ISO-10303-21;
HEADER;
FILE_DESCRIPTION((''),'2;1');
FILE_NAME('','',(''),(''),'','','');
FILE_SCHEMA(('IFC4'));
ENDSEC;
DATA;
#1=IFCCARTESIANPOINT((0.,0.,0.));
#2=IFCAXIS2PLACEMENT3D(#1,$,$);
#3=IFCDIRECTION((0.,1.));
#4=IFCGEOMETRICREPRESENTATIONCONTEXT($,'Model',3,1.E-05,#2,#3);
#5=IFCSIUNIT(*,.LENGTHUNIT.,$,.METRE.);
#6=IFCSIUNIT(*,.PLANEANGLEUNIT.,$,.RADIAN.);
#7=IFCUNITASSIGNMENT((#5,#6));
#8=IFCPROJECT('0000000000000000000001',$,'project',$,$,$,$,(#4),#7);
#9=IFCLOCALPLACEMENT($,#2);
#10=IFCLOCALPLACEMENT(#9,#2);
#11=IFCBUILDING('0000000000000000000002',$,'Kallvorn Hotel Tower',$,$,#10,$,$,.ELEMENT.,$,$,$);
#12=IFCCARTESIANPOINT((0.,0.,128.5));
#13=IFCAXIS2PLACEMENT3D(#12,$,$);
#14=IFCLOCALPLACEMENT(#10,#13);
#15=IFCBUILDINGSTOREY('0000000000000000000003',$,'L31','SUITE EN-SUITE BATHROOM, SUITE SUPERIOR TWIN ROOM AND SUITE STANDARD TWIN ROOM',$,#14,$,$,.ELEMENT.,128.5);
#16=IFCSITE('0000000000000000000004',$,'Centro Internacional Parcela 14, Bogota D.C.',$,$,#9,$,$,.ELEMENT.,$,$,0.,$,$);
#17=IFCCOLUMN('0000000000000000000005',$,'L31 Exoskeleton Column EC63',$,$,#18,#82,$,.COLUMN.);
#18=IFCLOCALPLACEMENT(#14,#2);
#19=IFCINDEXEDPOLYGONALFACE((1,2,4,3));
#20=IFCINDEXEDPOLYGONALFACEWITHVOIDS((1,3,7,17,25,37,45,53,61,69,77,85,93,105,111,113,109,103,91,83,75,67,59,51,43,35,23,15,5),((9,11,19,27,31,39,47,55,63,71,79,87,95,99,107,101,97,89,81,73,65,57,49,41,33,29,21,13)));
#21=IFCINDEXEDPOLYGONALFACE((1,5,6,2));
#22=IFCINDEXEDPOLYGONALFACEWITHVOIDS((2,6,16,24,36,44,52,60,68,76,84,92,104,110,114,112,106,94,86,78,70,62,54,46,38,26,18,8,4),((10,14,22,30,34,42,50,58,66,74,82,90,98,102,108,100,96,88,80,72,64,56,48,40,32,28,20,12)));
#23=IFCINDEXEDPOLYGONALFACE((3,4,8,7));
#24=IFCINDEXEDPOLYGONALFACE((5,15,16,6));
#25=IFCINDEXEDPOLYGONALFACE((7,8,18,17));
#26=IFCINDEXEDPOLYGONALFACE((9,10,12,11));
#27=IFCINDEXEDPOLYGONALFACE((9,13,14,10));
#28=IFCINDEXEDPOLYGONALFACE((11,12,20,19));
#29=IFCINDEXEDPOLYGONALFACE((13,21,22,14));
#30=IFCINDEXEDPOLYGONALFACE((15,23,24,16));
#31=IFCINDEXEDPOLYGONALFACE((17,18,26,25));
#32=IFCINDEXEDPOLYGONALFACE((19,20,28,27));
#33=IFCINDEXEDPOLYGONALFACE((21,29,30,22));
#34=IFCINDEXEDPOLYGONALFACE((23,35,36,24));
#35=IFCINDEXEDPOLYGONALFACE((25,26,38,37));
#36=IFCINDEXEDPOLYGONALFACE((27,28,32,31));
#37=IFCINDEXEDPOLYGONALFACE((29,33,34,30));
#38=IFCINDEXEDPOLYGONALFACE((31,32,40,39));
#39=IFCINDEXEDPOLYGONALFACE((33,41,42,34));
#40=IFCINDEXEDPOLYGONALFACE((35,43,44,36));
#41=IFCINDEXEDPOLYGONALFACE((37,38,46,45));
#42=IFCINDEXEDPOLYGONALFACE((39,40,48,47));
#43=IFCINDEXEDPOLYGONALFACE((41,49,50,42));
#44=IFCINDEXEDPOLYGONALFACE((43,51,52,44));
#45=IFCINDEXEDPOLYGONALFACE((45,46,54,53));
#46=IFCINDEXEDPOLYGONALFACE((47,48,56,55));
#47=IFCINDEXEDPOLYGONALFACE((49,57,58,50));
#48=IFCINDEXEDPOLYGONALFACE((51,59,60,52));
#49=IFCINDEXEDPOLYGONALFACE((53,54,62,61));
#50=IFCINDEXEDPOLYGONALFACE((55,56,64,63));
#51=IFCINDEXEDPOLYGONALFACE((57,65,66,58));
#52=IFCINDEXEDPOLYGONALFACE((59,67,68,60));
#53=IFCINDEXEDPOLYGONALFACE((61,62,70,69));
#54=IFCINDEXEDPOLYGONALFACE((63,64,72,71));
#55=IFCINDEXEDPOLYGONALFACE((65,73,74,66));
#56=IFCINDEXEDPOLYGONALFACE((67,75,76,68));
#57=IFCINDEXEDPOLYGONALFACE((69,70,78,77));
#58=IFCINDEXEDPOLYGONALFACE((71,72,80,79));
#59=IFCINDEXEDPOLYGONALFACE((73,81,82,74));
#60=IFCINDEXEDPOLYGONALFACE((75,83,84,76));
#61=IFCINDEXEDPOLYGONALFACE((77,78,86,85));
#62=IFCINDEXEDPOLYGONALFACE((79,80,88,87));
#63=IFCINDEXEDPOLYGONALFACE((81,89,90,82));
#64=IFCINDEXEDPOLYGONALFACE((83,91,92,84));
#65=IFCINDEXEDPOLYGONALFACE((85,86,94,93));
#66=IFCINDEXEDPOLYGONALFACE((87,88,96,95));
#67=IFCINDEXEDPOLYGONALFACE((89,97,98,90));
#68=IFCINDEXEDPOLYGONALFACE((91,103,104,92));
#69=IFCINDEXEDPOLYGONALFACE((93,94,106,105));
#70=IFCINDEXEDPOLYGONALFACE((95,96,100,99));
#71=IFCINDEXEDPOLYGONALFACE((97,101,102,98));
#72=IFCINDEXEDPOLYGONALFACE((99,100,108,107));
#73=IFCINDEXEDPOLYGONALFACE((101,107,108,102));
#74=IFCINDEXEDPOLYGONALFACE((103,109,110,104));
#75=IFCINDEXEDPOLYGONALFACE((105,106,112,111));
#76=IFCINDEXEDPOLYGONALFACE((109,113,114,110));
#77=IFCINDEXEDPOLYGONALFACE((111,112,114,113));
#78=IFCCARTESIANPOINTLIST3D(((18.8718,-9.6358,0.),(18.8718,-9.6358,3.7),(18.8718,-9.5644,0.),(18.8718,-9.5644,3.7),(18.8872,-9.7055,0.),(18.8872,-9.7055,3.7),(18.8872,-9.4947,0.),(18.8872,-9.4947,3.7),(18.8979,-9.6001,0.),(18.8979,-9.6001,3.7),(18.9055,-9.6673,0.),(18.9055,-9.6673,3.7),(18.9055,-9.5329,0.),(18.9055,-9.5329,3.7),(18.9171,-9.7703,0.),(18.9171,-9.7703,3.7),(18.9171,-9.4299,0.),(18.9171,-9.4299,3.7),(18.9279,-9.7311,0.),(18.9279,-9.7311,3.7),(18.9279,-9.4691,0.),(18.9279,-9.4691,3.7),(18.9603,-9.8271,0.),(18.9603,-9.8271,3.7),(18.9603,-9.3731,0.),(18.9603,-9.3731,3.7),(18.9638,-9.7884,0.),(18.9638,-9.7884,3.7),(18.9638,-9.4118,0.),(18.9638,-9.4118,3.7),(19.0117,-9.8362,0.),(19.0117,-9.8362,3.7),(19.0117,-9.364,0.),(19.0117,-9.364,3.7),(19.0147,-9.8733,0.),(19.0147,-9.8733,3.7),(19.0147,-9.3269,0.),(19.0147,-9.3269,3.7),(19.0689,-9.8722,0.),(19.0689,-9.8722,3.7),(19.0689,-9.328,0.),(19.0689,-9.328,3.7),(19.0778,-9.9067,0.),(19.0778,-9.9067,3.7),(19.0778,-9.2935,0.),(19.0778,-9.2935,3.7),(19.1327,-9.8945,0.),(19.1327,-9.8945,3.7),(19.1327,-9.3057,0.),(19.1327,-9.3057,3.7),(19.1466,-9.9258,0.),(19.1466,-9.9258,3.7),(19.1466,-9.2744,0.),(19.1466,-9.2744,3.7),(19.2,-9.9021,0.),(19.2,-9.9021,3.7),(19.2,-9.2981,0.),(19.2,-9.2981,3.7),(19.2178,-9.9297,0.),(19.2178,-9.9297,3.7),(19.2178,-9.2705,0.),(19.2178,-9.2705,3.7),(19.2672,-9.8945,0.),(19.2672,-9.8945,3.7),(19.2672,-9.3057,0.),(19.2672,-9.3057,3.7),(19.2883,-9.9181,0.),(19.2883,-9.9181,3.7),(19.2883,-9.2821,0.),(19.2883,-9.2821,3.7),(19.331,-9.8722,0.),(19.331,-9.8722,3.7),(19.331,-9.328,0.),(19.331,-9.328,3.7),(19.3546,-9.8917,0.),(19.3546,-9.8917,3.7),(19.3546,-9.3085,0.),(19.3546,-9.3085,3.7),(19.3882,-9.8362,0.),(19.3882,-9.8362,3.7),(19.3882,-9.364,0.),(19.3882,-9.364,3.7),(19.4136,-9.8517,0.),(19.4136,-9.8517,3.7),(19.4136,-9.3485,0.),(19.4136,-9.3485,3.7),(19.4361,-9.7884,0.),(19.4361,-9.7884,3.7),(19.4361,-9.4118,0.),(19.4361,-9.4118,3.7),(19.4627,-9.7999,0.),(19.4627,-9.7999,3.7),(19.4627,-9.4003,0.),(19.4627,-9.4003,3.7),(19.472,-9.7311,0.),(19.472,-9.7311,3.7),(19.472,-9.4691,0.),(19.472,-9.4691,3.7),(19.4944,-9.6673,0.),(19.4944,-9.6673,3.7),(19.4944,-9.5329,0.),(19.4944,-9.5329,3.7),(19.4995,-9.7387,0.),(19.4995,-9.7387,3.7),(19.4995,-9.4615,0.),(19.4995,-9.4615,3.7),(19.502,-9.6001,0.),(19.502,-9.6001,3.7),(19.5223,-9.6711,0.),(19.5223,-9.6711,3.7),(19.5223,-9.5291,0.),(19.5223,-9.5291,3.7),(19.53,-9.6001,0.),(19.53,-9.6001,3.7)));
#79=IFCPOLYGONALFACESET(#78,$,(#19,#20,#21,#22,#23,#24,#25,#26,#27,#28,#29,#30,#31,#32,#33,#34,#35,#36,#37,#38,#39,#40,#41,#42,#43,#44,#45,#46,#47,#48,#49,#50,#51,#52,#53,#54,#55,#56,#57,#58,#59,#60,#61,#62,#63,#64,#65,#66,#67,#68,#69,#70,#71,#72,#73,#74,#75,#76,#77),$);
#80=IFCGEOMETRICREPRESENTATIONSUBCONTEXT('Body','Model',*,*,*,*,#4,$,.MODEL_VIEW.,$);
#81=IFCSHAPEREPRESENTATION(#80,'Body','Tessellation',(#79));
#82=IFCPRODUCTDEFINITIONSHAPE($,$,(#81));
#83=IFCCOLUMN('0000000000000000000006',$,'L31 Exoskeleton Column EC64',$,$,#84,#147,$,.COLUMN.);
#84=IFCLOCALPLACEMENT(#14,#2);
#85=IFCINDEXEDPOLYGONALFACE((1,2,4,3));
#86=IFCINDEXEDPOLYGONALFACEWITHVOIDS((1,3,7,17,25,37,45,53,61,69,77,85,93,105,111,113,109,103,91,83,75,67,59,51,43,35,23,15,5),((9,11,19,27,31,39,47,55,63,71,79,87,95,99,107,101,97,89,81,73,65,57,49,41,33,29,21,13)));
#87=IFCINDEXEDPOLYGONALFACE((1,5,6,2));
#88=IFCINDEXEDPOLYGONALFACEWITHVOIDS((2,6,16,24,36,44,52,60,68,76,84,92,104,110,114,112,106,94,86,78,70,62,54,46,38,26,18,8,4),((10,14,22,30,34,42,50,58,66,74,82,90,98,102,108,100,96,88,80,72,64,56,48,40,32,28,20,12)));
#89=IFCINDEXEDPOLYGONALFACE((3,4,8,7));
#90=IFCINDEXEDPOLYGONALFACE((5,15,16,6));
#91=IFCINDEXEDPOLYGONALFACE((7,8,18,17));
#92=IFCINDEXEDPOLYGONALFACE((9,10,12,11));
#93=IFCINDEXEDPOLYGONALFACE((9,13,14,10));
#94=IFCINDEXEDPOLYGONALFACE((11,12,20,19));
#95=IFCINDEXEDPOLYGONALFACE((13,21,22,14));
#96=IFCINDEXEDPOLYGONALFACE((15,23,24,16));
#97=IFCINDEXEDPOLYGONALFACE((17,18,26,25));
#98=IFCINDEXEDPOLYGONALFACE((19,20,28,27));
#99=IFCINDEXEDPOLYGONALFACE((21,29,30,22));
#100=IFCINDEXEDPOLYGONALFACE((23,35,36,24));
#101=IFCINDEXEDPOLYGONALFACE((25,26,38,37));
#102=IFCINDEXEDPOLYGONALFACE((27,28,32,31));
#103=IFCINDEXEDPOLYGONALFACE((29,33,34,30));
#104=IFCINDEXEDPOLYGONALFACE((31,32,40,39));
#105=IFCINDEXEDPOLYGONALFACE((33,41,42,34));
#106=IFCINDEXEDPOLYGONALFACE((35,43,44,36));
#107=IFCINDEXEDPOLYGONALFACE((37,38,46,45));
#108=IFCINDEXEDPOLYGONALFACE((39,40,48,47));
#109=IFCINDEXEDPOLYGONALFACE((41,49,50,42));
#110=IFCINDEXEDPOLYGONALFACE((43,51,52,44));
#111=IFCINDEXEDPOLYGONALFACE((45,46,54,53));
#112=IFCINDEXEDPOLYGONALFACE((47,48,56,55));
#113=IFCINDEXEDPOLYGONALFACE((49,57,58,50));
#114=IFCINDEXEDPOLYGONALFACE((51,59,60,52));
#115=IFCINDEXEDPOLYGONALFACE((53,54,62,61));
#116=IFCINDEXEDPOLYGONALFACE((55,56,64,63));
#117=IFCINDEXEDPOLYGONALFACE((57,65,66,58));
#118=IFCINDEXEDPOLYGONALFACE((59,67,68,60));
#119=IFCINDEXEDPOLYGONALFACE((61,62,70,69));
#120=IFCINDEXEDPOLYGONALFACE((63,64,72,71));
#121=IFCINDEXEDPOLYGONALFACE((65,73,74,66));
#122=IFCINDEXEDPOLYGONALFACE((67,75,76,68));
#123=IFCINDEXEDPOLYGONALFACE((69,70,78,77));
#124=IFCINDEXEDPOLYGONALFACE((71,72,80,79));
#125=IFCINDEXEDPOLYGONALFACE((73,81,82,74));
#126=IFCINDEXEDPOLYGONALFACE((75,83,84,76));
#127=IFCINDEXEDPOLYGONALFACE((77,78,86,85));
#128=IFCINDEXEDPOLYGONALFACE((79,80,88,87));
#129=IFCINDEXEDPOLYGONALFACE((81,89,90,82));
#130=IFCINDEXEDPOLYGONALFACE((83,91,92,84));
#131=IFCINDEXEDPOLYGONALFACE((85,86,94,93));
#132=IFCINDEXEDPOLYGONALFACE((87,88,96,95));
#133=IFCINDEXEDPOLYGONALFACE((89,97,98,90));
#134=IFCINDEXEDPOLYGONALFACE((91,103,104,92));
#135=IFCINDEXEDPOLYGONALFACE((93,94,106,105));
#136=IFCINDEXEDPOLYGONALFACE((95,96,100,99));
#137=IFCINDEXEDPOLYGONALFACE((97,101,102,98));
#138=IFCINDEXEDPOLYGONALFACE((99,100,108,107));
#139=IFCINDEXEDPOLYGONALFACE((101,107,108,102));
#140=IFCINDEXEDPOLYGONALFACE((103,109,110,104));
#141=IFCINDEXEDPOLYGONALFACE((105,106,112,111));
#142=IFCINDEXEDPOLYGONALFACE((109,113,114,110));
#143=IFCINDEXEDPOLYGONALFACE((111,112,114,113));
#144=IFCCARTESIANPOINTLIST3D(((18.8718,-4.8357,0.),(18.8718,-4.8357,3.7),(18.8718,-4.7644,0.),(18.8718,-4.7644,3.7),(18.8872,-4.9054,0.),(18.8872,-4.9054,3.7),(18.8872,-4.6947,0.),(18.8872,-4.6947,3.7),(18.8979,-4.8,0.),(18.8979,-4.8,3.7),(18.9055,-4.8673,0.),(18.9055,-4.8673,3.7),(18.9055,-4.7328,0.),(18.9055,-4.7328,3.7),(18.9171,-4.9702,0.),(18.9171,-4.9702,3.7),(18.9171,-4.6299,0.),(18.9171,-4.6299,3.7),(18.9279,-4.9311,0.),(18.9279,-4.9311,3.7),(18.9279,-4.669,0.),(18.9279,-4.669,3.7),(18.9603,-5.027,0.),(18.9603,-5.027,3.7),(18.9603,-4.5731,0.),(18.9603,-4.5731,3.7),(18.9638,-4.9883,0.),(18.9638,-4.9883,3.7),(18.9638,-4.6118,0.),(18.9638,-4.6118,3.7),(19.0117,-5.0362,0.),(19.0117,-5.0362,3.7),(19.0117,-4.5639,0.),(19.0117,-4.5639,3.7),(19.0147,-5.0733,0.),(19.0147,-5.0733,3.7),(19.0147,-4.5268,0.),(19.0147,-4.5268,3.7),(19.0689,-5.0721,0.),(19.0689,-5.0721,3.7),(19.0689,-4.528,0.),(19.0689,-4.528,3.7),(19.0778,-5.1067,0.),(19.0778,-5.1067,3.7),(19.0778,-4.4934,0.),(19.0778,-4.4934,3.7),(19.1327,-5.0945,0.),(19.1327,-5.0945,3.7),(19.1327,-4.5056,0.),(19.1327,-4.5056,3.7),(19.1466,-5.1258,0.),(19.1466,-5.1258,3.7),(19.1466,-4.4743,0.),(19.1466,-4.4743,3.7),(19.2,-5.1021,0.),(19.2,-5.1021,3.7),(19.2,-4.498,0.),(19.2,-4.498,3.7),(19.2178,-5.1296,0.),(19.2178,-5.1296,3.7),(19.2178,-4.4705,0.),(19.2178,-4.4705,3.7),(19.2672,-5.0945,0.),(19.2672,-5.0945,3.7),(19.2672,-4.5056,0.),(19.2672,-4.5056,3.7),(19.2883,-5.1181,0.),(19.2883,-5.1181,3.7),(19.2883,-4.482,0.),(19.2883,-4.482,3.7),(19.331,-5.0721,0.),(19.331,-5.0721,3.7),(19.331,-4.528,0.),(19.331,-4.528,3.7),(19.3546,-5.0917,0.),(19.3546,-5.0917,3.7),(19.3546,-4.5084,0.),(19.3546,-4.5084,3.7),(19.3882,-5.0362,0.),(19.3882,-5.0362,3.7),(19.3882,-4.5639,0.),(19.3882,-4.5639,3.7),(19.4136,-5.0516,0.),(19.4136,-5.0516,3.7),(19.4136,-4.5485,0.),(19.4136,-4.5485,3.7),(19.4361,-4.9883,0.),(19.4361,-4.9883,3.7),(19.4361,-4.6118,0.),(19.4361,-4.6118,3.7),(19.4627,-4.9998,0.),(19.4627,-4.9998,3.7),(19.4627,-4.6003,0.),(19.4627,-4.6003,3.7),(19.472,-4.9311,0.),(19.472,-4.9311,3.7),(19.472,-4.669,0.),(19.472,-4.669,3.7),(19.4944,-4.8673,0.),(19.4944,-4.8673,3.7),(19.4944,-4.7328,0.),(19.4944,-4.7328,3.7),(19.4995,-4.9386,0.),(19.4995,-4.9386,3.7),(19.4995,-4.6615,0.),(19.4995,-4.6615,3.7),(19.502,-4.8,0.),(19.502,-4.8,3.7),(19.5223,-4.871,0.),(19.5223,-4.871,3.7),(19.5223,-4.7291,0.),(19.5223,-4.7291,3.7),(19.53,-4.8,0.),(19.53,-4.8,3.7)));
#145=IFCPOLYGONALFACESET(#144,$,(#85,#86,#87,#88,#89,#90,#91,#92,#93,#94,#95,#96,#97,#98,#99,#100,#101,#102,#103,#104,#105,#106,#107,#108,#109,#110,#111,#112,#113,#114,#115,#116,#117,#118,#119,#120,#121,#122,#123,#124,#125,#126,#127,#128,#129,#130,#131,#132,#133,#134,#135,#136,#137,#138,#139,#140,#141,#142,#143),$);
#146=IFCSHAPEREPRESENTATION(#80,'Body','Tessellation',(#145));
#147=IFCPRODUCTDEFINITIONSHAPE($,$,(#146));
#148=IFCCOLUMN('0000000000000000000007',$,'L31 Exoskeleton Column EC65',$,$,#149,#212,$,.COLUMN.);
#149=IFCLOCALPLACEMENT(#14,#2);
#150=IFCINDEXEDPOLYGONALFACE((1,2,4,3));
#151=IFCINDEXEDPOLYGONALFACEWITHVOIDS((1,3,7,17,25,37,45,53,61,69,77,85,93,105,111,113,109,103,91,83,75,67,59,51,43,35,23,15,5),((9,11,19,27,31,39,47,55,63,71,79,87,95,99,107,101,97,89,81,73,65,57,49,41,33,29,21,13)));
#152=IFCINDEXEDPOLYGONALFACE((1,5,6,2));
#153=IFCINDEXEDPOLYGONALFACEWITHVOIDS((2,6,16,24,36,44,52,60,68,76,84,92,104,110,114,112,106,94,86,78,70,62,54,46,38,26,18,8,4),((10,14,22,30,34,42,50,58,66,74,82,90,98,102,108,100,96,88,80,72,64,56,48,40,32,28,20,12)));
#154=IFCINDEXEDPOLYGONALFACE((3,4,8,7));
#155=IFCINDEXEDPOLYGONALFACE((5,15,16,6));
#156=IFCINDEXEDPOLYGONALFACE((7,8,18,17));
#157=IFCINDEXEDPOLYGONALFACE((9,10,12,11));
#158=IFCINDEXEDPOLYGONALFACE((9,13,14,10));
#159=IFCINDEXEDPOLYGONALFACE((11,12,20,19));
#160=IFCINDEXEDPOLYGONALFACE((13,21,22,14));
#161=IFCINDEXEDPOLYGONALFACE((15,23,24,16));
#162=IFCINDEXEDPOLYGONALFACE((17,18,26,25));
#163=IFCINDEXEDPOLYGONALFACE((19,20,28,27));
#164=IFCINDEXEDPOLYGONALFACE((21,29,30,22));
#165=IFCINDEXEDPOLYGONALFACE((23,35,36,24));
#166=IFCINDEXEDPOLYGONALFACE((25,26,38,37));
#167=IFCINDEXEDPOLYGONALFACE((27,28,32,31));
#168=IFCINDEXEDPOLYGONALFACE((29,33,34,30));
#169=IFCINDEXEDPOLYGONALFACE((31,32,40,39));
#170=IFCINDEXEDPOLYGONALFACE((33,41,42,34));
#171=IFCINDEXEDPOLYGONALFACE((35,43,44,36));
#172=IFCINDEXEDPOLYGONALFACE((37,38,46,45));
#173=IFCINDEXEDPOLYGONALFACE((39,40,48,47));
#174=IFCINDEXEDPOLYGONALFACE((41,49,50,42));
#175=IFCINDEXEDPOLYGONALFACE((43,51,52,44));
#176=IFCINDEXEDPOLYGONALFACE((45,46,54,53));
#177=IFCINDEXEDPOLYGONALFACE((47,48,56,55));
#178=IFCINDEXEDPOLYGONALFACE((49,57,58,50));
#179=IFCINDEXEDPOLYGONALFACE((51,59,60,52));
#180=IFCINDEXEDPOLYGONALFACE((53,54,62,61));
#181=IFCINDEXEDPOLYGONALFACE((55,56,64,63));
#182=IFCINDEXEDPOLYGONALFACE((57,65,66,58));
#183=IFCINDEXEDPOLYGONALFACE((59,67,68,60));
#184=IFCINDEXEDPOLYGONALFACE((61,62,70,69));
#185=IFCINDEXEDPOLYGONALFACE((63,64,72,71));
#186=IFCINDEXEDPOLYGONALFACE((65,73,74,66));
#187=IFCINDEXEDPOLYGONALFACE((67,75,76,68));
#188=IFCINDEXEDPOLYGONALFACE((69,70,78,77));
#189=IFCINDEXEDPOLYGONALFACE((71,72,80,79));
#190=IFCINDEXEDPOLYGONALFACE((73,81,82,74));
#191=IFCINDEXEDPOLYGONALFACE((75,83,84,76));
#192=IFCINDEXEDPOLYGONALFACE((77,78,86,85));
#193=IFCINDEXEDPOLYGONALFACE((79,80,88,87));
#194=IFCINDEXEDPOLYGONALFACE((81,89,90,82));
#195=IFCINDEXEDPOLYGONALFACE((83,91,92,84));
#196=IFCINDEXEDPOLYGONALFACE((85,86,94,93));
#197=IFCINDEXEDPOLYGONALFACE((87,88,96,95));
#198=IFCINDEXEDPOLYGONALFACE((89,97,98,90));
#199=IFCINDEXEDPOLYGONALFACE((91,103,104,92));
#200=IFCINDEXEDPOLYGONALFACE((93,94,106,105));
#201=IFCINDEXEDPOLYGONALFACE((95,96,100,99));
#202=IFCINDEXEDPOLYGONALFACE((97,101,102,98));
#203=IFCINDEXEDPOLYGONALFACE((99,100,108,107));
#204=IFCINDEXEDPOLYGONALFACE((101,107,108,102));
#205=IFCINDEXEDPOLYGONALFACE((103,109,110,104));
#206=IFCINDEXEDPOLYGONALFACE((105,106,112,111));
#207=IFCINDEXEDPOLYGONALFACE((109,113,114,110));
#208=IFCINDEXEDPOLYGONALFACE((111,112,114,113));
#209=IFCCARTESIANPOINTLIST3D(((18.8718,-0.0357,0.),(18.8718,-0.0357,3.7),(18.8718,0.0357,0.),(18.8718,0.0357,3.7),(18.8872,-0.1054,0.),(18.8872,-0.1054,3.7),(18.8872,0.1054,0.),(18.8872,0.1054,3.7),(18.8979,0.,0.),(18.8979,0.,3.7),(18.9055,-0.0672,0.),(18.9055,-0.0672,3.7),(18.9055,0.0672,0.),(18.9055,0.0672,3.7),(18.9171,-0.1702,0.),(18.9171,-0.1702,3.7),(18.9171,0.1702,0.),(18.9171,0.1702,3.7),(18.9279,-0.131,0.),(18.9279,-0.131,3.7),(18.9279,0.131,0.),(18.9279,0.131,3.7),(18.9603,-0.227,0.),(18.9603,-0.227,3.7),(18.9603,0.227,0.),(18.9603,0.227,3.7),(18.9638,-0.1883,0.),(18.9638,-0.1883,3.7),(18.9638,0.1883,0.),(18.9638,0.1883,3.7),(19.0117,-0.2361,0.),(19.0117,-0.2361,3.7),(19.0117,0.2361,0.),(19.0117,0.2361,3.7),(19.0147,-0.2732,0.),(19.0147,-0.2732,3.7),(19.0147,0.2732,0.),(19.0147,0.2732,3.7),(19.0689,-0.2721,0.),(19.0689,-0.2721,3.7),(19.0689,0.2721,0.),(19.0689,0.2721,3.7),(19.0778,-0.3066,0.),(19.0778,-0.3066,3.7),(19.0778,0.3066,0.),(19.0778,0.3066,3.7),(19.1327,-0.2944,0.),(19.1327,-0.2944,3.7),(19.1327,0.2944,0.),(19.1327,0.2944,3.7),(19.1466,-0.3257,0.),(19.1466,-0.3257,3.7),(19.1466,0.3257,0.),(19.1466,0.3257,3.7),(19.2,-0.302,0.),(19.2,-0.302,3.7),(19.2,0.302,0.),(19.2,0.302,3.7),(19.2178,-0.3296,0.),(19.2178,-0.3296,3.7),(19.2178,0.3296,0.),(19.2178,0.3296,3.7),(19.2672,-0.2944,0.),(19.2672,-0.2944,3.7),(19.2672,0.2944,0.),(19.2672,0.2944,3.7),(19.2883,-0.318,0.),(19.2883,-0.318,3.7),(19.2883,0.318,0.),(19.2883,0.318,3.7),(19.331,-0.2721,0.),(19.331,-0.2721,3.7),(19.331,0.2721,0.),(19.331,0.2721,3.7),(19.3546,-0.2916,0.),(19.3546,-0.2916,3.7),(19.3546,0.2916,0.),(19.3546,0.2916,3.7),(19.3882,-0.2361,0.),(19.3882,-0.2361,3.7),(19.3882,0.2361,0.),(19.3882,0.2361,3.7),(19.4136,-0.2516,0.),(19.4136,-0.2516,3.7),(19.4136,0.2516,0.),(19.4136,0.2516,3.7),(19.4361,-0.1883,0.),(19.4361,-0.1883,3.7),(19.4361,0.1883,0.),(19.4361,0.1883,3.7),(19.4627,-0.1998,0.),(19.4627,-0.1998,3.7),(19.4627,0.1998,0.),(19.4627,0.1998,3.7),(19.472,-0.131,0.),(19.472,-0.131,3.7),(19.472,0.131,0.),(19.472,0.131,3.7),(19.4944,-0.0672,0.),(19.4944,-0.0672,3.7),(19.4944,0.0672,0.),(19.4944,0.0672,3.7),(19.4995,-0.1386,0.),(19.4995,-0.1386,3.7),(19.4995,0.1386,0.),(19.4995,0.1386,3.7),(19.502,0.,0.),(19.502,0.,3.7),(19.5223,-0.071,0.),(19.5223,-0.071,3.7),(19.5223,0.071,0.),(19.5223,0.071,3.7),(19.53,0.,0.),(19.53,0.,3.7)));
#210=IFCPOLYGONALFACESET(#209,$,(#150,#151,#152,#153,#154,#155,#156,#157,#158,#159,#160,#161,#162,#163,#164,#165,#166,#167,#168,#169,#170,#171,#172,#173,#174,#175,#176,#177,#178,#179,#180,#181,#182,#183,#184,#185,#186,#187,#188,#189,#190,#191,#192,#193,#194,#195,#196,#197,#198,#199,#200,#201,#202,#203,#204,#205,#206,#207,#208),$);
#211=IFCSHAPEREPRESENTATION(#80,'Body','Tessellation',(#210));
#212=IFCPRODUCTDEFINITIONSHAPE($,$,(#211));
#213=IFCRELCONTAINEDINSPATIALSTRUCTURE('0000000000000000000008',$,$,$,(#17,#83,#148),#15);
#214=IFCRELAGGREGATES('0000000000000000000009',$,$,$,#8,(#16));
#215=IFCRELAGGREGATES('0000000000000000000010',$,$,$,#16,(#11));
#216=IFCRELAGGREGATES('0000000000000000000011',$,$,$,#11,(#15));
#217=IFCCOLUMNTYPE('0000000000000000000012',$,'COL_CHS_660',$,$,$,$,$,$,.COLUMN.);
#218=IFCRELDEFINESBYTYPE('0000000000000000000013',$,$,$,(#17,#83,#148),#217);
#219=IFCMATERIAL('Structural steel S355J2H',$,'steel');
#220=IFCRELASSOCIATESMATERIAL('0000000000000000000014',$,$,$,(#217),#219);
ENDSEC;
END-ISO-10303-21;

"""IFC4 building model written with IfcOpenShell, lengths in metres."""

from ifc_helpers import new_model, si_unit, direction, frame, origin, origin_2d, place, context, subcontext, project, spatial, hollow_circle, extrude, material, material_profile, profile_set, type_object, element, save


model = new_model("IFC4")

# Units and contexts
model_context = context("Model", 3, precision=1e-05, world=origin(), true_north=direction((0.0, 1.0)))
body_context = subcontext(model_context, "Body", "Model", "MODEL_VIEW")
ifc_project = project(units=[si_unit("LENGTHUNIT", "METRE"), si_unit("PLANEANGLEUNIT", "RADIAN")], contexts=[model_context])

# Site, building, storey
site_placement = place(None, origin())
site = spatial("IfcSite", under=ifc_project, at=site_placement, Name="Centro Internacional Parcela 14, Bogota D.C.", CompositionType="ELEMENT", RefElevation=0.0)
building_placement = place(site_placement, origin())
building = spatial("IfcBuilding", under=site, at=building_placement, Name="Kallvorn Hotel Tower", CompositionType="ELEMENT")
storey_placement = place(building_placement, frame((0.0, 0.0, 128.5)))
storey = spatial("IfcBuildingStorey", under=building, at=storey_placement, Name="L31", Description="SUITE EN-SUITE BATHROOM, SUITE SUPERIOR TWIN ROOM AND SUITE STANDARD TWIN ROOM", CompositionType="ELEMENT", Elevation=128.5)

# Columns
ifc_material_1 = material(Name="Structural steel S355J2H", Category="steel")
ifc_material_profile_1 = material_profile(ifc_material_1, hollow_circle(Radius=0.3301, WallThickness=0.0281, at=origin_2d()), Name="CHS 660x28")
ifc_profile_set_1 = profile_set([ifc_material_profile_1], Name="Structural steel S355J2H")
column_type_1 = type_object("IfcColumnType", Name="COL_CHS_660", PredefinedType="COLUMN", material=ifc_profile_set_1)
for number, where, z_axis, x_axis, name in (
    (1, (19.2, -9.6001, 0.0), (0.0, 0.0, 1.0), (1.0, 0.0, 0.0), "L31 Exoskeleton Column EC63"),
    (2, (19.2, -4.8, 0.0), (0.0, 0.0, 1.0), (1.0, 0.0, 0.0), "L31 Exoskeleton Column EC64"),
    (3, (19.2, 0.0, 0.0), (0.0, 0.0, 1.0), (1.0, 0.0, 0.0), "L31 Exoskeleton Column EC65"),
):
    element("IfcColumn", number, at=place(storey_placement, frame(where, z_axis=z_axis, x_axis=x_axis)), inside=storey, type_object=column_type_1, Name=name, PredefinedType="COLUMN", context=body_context, shape_type="SweptSolid", body=[
        extrude(hollow_circle(Radius=0.3301, WallThickness=0.0281, at=origin_2d()), origin(), (0.0, 0.0, 1.0), 3.7),
    ])

save(model, "model.ifc")
